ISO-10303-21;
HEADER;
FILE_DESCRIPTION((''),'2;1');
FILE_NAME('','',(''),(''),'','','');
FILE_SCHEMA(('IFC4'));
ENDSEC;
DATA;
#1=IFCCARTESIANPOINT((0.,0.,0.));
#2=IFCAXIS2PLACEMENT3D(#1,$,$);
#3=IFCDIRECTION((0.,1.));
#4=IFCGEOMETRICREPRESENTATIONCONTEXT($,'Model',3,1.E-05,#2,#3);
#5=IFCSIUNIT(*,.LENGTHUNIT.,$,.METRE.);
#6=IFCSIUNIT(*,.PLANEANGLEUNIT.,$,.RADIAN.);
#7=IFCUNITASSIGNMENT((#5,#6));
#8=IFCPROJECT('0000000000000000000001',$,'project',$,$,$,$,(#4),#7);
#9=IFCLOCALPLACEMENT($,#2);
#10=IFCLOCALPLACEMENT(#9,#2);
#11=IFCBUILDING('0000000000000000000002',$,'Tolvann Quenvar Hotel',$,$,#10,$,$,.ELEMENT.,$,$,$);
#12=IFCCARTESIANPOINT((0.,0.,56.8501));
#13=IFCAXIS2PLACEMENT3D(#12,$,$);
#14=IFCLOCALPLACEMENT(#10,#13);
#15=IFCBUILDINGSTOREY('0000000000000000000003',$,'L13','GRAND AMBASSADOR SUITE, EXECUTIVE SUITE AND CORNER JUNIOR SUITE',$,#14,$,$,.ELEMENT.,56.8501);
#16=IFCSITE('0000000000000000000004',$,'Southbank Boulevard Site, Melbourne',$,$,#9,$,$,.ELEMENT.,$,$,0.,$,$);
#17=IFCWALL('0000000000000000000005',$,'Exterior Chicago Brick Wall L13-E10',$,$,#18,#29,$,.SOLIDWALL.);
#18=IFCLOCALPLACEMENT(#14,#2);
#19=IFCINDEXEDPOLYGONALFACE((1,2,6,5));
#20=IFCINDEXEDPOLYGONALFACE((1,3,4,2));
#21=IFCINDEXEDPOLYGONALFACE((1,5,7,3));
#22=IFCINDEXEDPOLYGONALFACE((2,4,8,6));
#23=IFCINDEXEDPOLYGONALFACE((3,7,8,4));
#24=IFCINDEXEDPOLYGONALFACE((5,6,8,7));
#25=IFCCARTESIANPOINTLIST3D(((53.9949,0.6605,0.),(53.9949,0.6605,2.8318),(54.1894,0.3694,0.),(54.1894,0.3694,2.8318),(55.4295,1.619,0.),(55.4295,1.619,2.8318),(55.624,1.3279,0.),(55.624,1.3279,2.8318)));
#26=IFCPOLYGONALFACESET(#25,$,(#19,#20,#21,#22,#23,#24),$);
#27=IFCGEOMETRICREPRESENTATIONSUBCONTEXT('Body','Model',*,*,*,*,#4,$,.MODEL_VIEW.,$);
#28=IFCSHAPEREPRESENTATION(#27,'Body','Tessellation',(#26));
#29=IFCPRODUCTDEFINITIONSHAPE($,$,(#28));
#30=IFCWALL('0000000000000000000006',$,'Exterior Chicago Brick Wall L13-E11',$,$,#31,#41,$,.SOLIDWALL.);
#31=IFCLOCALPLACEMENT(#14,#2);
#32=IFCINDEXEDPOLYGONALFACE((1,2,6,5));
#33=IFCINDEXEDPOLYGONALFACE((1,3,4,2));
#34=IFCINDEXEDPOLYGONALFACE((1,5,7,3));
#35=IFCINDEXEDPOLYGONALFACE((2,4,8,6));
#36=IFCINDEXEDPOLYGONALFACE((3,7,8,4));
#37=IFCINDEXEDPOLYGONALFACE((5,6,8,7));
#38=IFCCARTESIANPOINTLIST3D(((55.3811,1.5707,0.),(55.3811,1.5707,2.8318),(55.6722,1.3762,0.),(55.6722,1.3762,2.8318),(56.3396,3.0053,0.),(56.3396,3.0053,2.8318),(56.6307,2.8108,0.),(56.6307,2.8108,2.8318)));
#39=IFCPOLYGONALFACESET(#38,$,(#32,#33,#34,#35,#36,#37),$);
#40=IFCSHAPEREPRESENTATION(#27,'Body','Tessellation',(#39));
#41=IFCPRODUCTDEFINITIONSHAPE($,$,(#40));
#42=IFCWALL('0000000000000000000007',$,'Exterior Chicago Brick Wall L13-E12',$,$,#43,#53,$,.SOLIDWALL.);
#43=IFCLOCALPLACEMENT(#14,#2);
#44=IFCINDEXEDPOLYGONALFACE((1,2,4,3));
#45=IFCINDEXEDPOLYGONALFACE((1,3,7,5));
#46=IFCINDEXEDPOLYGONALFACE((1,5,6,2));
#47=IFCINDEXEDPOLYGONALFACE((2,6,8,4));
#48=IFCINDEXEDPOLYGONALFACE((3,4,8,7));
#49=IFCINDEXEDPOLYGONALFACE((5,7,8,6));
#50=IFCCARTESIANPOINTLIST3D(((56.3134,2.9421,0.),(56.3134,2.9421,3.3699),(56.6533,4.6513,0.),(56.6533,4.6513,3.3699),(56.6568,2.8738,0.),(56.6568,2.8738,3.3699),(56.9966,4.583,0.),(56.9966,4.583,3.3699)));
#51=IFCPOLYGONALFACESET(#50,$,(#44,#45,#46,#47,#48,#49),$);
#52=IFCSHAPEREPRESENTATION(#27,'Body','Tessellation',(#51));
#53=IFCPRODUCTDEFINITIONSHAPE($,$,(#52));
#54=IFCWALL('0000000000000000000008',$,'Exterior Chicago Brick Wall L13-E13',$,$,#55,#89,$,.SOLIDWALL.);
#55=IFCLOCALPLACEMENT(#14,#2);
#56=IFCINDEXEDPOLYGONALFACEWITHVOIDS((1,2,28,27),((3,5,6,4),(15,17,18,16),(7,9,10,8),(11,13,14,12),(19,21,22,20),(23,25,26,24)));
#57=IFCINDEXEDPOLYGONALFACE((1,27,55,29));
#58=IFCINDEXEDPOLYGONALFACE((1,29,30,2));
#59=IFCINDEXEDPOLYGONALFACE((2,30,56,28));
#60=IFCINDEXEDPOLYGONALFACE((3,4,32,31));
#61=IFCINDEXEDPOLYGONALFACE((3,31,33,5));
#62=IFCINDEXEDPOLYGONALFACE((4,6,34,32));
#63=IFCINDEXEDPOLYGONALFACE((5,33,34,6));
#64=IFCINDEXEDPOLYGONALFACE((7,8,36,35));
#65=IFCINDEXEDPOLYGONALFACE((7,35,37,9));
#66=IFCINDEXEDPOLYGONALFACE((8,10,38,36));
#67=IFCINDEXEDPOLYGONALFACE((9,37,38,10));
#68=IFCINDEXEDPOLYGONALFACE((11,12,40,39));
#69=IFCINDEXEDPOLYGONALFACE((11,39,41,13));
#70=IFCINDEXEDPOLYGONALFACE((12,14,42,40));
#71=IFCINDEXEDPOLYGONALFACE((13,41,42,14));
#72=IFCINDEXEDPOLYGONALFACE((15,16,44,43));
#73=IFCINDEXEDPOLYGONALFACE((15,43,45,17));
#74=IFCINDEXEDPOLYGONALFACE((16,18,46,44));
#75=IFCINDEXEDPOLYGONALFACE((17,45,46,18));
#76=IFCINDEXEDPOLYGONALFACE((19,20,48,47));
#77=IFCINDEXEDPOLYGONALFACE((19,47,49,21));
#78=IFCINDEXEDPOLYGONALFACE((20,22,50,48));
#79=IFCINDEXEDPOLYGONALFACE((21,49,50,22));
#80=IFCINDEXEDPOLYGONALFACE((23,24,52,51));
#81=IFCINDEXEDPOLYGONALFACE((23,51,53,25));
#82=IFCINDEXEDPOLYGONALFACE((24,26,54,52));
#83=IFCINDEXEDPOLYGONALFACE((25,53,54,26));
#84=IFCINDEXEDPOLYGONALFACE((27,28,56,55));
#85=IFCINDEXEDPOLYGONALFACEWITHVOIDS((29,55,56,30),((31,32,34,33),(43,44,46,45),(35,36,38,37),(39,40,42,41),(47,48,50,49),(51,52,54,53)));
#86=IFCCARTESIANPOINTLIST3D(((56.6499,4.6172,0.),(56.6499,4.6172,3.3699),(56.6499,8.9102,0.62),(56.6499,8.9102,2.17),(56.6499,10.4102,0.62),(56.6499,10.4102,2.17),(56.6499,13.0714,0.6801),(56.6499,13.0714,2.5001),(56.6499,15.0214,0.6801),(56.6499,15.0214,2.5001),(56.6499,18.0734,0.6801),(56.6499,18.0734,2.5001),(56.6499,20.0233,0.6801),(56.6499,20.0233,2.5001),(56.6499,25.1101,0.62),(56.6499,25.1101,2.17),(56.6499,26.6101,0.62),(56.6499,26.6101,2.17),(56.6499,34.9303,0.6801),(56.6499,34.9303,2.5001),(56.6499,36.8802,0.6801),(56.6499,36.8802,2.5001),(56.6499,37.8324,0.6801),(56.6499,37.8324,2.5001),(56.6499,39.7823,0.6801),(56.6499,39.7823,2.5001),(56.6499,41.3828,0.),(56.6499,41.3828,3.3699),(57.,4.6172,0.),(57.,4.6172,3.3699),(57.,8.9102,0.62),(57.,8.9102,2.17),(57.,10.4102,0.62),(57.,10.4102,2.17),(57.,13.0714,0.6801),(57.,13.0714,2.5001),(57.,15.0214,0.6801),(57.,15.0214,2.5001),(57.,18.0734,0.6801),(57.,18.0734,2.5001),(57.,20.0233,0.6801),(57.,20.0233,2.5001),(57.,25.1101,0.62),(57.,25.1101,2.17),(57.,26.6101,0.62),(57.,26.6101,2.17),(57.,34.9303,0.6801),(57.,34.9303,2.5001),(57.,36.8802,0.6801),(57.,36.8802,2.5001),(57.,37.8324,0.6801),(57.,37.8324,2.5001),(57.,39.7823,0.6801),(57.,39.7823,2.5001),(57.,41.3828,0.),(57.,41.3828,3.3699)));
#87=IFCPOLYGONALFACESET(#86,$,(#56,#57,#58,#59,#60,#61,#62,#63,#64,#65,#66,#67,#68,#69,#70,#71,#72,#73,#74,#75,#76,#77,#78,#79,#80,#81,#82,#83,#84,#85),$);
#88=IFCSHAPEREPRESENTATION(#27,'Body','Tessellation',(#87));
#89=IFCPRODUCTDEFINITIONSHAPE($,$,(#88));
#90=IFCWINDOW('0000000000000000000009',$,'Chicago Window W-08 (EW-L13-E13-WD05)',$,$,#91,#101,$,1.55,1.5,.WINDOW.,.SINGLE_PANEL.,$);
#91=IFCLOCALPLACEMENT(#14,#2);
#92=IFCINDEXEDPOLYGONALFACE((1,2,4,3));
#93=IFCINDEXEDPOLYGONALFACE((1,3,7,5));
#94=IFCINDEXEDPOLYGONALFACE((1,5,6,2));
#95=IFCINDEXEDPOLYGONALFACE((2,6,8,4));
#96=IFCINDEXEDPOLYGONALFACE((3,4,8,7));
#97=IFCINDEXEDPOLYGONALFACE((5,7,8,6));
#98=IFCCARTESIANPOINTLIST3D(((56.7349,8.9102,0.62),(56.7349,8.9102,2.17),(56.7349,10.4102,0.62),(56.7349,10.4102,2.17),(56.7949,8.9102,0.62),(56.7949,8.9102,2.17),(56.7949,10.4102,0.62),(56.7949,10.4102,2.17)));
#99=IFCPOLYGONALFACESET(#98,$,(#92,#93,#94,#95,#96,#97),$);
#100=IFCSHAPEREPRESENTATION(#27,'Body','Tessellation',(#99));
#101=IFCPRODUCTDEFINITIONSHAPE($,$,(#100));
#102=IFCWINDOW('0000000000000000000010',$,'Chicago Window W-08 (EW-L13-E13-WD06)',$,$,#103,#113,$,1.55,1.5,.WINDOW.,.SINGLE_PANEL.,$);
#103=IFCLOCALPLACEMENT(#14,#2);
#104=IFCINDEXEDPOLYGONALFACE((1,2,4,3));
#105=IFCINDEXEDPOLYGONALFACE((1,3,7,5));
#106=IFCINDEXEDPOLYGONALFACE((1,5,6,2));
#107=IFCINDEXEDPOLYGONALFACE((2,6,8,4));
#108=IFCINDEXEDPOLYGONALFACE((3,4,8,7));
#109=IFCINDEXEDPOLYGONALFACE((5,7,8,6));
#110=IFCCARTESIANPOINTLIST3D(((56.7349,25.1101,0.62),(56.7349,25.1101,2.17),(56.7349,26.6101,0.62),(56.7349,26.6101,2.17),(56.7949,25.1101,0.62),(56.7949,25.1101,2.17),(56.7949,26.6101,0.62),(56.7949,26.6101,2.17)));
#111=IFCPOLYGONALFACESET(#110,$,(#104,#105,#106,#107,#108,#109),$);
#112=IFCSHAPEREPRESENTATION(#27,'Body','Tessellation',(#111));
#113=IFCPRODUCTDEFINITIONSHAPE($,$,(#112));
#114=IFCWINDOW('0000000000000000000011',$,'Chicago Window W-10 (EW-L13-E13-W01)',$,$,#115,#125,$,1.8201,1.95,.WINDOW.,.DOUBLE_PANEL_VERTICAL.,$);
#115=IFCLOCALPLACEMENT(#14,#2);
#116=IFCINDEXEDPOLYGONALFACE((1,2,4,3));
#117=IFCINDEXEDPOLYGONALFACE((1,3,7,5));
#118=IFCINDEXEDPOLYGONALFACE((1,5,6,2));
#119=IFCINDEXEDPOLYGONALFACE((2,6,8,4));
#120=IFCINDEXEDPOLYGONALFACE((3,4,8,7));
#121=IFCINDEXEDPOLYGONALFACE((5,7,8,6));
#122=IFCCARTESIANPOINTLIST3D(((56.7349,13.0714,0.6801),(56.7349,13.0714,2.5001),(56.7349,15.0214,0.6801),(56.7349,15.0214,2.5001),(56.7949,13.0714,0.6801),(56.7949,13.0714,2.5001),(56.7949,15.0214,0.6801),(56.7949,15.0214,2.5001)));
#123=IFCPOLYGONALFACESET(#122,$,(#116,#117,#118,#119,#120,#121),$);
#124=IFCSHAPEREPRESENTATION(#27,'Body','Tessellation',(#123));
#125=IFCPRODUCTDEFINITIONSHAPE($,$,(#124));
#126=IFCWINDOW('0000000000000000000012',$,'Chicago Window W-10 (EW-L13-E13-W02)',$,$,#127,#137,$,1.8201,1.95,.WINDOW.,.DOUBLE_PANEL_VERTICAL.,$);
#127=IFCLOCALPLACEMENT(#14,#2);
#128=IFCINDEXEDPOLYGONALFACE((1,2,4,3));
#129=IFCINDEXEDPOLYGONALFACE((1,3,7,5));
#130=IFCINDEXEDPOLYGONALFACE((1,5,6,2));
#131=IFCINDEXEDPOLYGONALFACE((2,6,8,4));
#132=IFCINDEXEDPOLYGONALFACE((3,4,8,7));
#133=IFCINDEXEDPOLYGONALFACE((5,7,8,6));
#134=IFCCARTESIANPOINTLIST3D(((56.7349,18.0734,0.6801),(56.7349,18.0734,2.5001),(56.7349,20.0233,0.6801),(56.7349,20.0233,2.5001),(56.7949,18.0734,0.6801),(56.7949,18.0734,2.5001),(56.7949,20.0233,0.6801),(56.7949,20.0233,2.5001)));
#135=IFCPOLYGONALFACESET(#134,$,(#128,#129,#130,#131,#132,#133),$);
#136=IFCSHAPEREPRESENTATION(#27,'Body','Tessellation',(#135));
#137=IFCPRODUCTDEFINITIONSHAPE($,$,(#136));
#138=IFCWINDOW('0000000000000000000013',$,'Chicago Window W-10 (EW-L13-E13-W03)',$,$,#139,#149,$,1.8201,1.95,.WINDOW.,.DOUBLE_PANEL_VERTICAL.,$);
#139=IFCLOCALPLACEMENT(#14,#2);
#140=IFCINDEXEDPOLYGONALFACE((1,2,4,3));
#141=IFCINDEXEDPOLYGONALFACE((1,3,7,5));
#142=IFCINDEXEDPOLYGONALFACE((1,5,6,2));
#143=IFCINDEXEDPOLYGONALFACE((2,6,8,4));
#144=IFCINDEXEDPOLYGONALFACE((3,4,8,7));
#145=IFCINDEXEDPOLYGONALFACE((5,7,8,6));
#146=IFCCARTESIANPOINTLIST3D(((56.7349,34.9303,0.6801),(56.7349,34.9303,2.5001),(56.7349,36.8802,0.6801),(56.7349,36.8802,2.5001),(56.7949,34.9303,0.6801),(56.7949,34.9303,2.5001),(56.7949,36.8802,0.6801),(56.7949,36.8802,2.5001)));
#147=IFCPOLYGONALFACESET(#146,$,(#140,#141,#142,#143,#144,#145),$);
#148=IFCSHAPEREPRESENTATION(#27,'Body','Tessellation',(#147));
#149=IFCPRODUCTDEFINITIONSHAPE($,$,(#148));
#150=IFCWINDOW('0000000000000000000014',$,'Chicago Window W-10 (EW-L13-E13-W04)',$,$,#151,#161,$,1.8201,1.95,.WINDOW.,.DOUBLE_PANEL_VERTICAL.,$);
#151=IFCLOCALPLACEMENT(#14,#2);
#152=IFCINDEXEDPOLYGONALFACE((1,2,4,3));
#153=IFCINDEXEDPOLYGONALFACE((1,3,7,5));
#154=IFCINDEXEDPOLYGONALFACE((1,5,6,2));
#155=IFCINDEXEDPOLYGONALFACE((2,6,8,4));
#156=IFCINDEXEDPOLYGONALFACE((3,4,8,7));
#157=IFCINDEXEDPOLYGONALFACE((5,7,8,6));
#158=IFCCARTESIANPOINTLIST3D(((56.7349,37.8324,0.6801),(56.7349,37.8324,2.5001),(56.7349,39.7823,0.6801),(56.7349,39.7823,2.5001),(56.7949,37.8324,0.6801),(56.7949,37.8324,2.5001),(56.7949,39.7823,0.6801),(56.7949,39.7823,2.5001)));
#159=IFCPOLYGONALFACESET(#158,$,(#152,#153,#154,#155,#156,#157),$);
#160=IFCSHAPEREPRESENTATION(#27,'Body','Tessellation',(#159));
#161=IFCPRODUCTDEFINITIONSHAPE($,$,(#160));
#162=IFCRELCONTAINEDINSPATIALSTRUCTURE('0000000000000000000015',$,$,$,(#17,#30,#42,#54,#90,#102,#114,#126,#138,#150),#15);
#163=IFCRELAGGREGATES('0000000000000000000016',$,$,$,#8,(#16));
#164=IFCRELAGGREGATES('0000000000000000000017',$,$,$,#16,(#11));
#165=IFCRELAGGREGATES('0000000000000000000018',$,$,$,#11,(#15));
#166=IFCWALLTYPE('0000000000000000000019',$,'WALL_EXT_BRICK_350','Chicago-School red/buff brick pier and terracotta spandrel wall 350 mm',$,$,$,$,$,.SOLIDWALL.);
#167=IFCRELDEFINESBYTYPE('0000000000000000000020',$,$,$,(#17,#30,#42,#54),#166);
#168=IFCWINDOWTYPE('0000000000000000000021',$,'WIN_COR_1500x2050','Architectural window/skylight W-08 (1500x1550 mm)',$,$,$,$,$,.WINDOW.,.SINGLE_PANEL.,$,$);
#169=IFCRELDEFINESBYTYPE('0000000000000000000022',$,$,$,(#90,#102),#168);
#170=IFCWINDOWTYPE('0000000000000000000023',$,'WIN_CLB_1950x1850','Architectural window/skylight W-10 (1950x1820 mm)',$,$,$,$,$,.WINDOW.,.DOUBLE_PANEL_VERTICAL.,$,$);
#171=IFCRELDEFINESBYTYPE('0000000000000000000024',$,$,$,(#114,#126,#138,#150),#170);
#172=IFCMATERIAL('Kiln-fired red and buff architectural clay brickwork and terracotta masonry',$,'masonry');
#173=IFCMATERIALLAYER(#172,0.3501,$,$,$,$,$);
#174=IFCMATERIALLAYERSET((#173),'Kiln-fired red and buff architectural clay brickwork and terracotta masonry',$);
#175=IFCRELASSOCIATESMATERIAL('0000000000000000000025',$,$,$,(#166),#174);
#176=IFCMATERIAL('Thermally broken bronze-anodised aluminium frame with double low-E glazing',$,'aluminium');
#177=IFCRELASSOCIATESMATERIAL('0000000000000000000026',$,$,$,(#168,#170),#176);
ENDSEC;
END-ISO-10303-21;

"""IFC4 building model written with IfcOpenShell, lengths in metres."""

from ifc_helpers import new_model, si_unit, direction, frame, frame_2d, origin, place, context, subcontext, project, spatial, rectangle, extrude, source, transform, mapped, material, layer, layer_set, type_object, type_shapes, element, fill, save


model = new_model("IFC4")

# Units and contexts
model_context = context("Model", 3, precision=1e-05, world=origin(), true_north=direction((0.0, 1.0)))
body_context = subcontext(model_context, "Body", "Model", "MODEL_VIEW")
ifc_project = project(units=[si_unit("LENGTHUNIT", "METRE"), si_unit("PLANEANGLEUNIT", "RADIAN")], contexts=[model_context])

# Site, building, storey
site_placement = place(None, origin())
site = spatial("IfcSite", under=ifc_project, at=site_placement, Name="Southbank Boulevard Site, Melbourne", CompositionType="ELEMENT", RefElevation=0.0)
building_placement = place(site_placement, origin())
building = spatial("IfcBuilding", under=site, at=building_placement, Name="Tolvann Quenvar Hotel", CompositionType="ELEMENT")
storey_placement = place(building_placement, frame((0.0, 0.0, 56.8501)))
storey = spatial("IfcBuildingStorey", under=building, at=storey_placement, Name="L13", Description="GRAND AMBASSADOR SUITE, EXECUTIVE SUITE AND CORNER JUNIOR SUITE", CompositionType="ELEMENT", Elevation=56.8501)

# Walls
ifc_material_1 = material(Name="Kiln-fired red and buff architectural clay brickwork and terracotta masonry", Category="masonry")
ifc_layer_1 = layer(ifc_material_1, 0.3501)
ifc_layer_set_1 = layer_set([ifc_layer_1], Name="Kiln-fired red and buff architectural clay brickwork and terracotta masonry")
wall_type_1 = type_object("IfcWallType", Name="WALL_EXT_BRICK_350", Description="Chicago-School red/buff brick pier and terracotta spandrel wall 350 mm", PredefinedType="SOLIDWALL", material=ifc_layer_set_1)
for number, where, z_axis, x_axis, name in (
    (1, (54.092, 0.5149, 0.0), (0.0, 0.0, 1.0), (0.831484, 0.555549, 0.0), "Exterior Chicago Brick Wall L13-E10"),
    (2, (55.5266, 1.4734, 0.0), (0.0, 0.0, 1.0), (0.555549, 0.831484, 0.0), "Exterior Chicago Brick Wall L13-E11"),
):
    element("IfcWall", number, at=place(storey_placement, frame(where, z_axis=z_axis, x_axis=x_axis)), inside=storey, type_object=wall_type_1, Name=name, PredefinedType="SOLIDWALL", context=body_context, shape_type="SweptSolid", body=[
        extrude(rectangle(XDim=1.7253, YDim=0.3501, at=frame_2d((0.8628, 0.0))), origin(), (0.0, 0.0, 1.0), 2.8318),
    ])
wall_1_placement = place(storey_placement, frame((56.4851, 2.908, 0.0), z_axis=(0.0, 0.0, 1.0), x_axis=(0.195011, 0.980801, 0.0)))
element("IfcWall", 3, at=wall_1_placement, inside=storey, type_object=wall_type_1, Name="Exterior Chicago Brick Wall L13-E12", PredefinedType="SOLIDWALL", context=body_context, shape_type="SweptSolid", body=[
    extrude(rectangle(XDim=1.7427, YDim=0.3501, at=frame_2d((0.8713, 0.0))), origin(), (0.0, 0.0, 1.0), 3.3699),
])

# Wall, openings, windows
wall_2_placement = place(storey_placement, frame((56.825, 4.6172, 0.0), z_axis=(0.0, 0.0, 1.0), x_axis=(0.0, 1.0, 0.0)))
wall_2 = element("IfcWall", 4, at=wall_2_placement, inside=storey, type_object=wall_type_1, Name="Exterior Chicago Brick Wall L13-E13", PredefinedType="SOLIDWALL", context=body_context, shape_type="SweptSolid", body=[
    extrude(rectangle(XDim=36.7656, YDim=0.3501, at=frame_2d((18.3828, 0.0))), origin(), (0.0, 0.0, 1.0), 3.3699),
])
opening_1_placement = place(wall_2_placement, frame((8.4541, 0.0, 0.6799)))
opening_1 = element("IfcOpeningElement", 5, at=opening_1_placement, cuts=wall_2, PredefinedType="OPENING", context=body_context, shape_type="SweptSolid", body=[
    extrude(rectangle(XDim=1.95, YDim=1.8201, at=frame_2d((0.9751, 0.9102))), frame((0.0, 0.1851, 0.0), z_axis=(0.0, -1.0, 0.0), x_axis=(1.0, 0.0, 0.0)), (0.0, 0.0, 1.0), 0.3701),
])
opening_2_placement = place(wall_2_placement, frame((13.4561, 0.0, 0.6799)))
opening_2 = element("IfcOpeningElement", 6, at=opening_2_placement, cuts=wall_2, PredefinedType="OPENING", context=body_context, shape_type="SweptSolid", body=[
    extrude(rectangle(XDim=1.95, YDim=1.8201, at=frame_2d((0.9751, 0.9102))), frame((0.0, 0.1851, 0.0), z_axis=(0.0, -1.0, 0.0), x_axis=(1.0, 0.0, 0.0)), (0.0, 0.0, 1.0), 0.3701),
])
opening_3_placement = place(wall_2_placement, frame((30.313, 0.0, 0.6799)))
opening_3 = element("IfcOpeningElement", 7, at=opening_3_placement, cuts=wall_2, PredefinedType="OPENING", context=body_context, shape_type="SweptSolid", body=[
    extrude(rectangle(XDim=1.95, YDim=1.8201, at=frame_2d((0.9751, 0.9102))), frame((0.0, 0.1851, 0.0), z_axis=(0.0, -1.0, 0.0), x_axis=(1.0, 0.0, 0.0)), (0.0, 0.0, 1.0), 0.3701),
])
opening_4_placement = place(wall_2_placement, frame((33.2151, 0.0, 0.6799)))
opening_4 = element("IfcOpeningElement", 8, at=opening_4_placement, cuts=wall_2, PredefinedType="OPENING", context=body_context, shape_type="SweptSolid", body=[
    extrude(rectangle(XDim=1.95, YDim=1.8201, at=frame_2d((0.9751, 0.9102))), frame((0.0, 0.1851, 0.0), z_axis=(0.0, -1.0, 0.0), x_axis=(1.0, 0.0, 0.0)), (0.0, 0.0, 1.0), 0.3701),
])
opening_5_placement = place(wall_2_placement, frame((4.293, 0.0, 0.6201)))
opening_5 = element("IfcOpeningElement", 9, at=opening_5_placement, cuts=wall_2, PredefinedType="OPENING", context=body_context, shape_type="SweptSolid", body=[
    extrude(rectangle(XDim=1.5, YDim=1.55, at=frame_2d((0.75, 0.7749))), frame((0.0, 0.1851, 0.0), z_axis=(0.0, -1.0, 0.0), x_axis=(1.0, 0.0, 0.0)), (0.0, 0.0, 1.0), 0.3701),
])
opening_6_placement = place(wall_2_placement, frame((20.4929, 0.0, 0.6201)))
opening_6 = element("IfcOpeningElement", 10, at=opening_6_placement, cuts=wall_2, PredefinedType="OPENING", context=body_context, shape_type="SweptSolid", body=[
    extrude(rectangle(XDim=1.5, YDim=1.55, at=frame_2d((0.75, 0.7749))), frame((0.0, 0.1851, 0.0), z_axis=(0.0, -1.0, 0.0), x_axis=(1.0, 0.0, 0.0)), (0.0, 0.0, 1.0), 0.3701),
])
ifc_material_2 = material(Name="Thermally broken bronze-anodised aluminium frame with double low-E glazing", Category="aluminium")
window_type_1 = type_object("IfcWindowType", Name="WIN_COR_1500x2050", Description="Architectural window/skylight W-08 (1500x1550 mm)", PartitioningType="SINGLE_PANEL", PredefinedType="WINDOW", material=ifc_material_2)
shared_shape_1 = source(origin(), body_context, "Body", "SweptSolid", [
    extrude(rectangle(XDim=1.5, YDim=1.55, at=frame_2d((0.75, 0.7749))), frame((0.0, 0.0901, 0.0), z_axis=(0.0, -1.0, 0.0), x_axis=(1.0, 0.0, 0.0)), (0.0, 0.0, 1.0), 0.0601),
])
type_shapes(window_type_1, [shared_shape_1])
window_1_placement = place(opening_5_placement, origin())
window_1 = element("IfcWindow", 11, at=window_1_placement, inside=storey, type_object=window_type_1, Name="Chicago Window W-08 (EW-L13-E13-WD05)", OverallHeight=1.55, OverallWidth=1.5, PartitioningType="SINGLE_PANEL", PredefinedType="WINDOW", context=body_context, shape_type="MappedRepresentation", body=[
    mapped(shared_shape_1, transform((0.0, 0.0, 0.0), x_axis=(1.0, 0.0, 0.0), y_axis=(0.0, 1.0, 0.0), z_axis=(0.0, 0.0, 1.0), scale=1.0)),
])
fill(opening_5, window_1)
window_2_placement = place(opening_6_placement, origin())
window_2 = element("IfcWindow", 12, at=window_2_placement, inside=storey, type_object=window_type_1, Name="Chicago Window W-08 (EW-L13-E13-WD06)", OverallHeight=1.55, OverallWidth=1.5, PartitioningType="SINGLE_PANEL", PredefinedType="WINDOW", context=body_context, shape_type="MappedRepresentation", body=[
    mapped(shared_shape_1, transform((0.0, 0.0, 0.0), x_axis=(1.0, 0.0, 0.0), y_axis=(0.0, 1.0, 0.0), z_axis=(0.0, 0.0, 1.0), scale=1.0)),
])
fill(opening_6, window_2)
window_type_2 = type_object("IfcWindowType", Name="WIN_CLB_1950x1850", Description="Architectural window/skylight W-10 (1950x1820 mm)", PartitioningType="DOUBLE_PANEL_VERTICAL", PredefinedType="WINDOW", material=ifc_material_2)
shared_shape_2 = source(origin(), body_context, "Body", "SweptSolid", [
    extrude(rectangle(XDim=1.95, YDim=1.8201, at=frame_2d((0.9751, 0.9102))), frame((0.0, 0.0901, 0.0), z_axis=(0.0, -1.0, 0.0), x_axis=(1.0, 0.0, 0.0)), (0.0, 0.0, 1.0), 0.0601),
])
type_shapes(window_type_2, [shared_shape_2])
window_3_placement = place(opening_1_placement, origin())
window_3 = element("IfcWindow", 13, at=window_3_placement, inside=storey, type_object=window_type_2, Name="Chicago Window W-10 (EW-L13-E13-W01)", OverallHeight=1.8201, OverallWidth=1.95, PartitioningType="DOUBLE_PANEL_VERTICAL", PredefinedType="WINDOW", context=body_context, shape_type="MappedRepresentation", body=[
    mapped(shared_shape_2, transform((0.0, 0.0, 0.0), x_axis=(1.0, 0.0, 0.0), y_axis=(0.0, 1.0, 0.0), z_axis=(0.0, 0.0, 1.0), scale=1.0)),
])
fill(opening_1, window_3)
window_4_placement = place(opening_2_placement, origin())
window_4 = element("IfcWindow", 14, at=window_4_placement, inside=storey, type_object=window_type_2, Name="Chicago Window W-10 (EW-L13-E13-W02)", OverallHeight=1.8201, OverallWidth=1.95, PartitioningType="DOUBLE_PANEL_VERTICAL", PredefinedType="WINDOW", context=body_context, shape_type="MappedRepresentation", body=[
    mapped(shared_shape_2, transform((0.0, 0.0, 0.0), x_axis=(1.0, 0.0, 0.0), y_axis=(0.0, 1.0, 0.0), z_axis=(0.0, 0.0, 1.0), scale=1.0)),
])
fill(opening_2, window_4)
window_5_placement = place(opening_3_placement, origin())
window_5 = element("IfcWindow", 15, at=window_5_placement, inside=storey, type_object=window_type_2, Name="Chicago Window W-10 (EW-L13-E13-W03)", OverallHeight=1.8201, OverallWidth=1.95, PartitioningType="DOUBLE_PANEL_VERTICAL", PredefinedType="WINDOW", context=body_context, shape_type="MappedRepresentation", body=[
    mapped(shared_shape_2, transform((0.0, 0.0, 0.0), x_axis=(1.0, 0.0, 0.0), y_axis=(0.0, 1.0, 0.0), z_axis=(0.0, 0.0, 1.0), scale=1.0)),
])
fill(opening_3, window_5)
window_6_placement = place(opening_4_placement, origin())
window_6 = element("IfcWindow", 16, at=window_6_placement, inside=storey, type_object=window_type_2, Name="Chicago Window W-10 (EW-L13-E13-W04)", OverallHeight=1.8201, OverallWidth=1.95, PartitioningType="DOUBLE_PANEL_VERTICAL", PredefinedType="WINDOW", context=body_context, shape_type="MappedRepresentation", body=[
    mapped(shared_shape_2, transform((0.0, 0.0, 0.0), x_axis=(1.0, 0.0, 0.0), y_axis=(0.0, 1.0, 0.0), z_axis=(0.0, 0.0, 1.0), scale=1.0)),
])
fill(opening_4, window_6)

save(model, "model.ifc")
